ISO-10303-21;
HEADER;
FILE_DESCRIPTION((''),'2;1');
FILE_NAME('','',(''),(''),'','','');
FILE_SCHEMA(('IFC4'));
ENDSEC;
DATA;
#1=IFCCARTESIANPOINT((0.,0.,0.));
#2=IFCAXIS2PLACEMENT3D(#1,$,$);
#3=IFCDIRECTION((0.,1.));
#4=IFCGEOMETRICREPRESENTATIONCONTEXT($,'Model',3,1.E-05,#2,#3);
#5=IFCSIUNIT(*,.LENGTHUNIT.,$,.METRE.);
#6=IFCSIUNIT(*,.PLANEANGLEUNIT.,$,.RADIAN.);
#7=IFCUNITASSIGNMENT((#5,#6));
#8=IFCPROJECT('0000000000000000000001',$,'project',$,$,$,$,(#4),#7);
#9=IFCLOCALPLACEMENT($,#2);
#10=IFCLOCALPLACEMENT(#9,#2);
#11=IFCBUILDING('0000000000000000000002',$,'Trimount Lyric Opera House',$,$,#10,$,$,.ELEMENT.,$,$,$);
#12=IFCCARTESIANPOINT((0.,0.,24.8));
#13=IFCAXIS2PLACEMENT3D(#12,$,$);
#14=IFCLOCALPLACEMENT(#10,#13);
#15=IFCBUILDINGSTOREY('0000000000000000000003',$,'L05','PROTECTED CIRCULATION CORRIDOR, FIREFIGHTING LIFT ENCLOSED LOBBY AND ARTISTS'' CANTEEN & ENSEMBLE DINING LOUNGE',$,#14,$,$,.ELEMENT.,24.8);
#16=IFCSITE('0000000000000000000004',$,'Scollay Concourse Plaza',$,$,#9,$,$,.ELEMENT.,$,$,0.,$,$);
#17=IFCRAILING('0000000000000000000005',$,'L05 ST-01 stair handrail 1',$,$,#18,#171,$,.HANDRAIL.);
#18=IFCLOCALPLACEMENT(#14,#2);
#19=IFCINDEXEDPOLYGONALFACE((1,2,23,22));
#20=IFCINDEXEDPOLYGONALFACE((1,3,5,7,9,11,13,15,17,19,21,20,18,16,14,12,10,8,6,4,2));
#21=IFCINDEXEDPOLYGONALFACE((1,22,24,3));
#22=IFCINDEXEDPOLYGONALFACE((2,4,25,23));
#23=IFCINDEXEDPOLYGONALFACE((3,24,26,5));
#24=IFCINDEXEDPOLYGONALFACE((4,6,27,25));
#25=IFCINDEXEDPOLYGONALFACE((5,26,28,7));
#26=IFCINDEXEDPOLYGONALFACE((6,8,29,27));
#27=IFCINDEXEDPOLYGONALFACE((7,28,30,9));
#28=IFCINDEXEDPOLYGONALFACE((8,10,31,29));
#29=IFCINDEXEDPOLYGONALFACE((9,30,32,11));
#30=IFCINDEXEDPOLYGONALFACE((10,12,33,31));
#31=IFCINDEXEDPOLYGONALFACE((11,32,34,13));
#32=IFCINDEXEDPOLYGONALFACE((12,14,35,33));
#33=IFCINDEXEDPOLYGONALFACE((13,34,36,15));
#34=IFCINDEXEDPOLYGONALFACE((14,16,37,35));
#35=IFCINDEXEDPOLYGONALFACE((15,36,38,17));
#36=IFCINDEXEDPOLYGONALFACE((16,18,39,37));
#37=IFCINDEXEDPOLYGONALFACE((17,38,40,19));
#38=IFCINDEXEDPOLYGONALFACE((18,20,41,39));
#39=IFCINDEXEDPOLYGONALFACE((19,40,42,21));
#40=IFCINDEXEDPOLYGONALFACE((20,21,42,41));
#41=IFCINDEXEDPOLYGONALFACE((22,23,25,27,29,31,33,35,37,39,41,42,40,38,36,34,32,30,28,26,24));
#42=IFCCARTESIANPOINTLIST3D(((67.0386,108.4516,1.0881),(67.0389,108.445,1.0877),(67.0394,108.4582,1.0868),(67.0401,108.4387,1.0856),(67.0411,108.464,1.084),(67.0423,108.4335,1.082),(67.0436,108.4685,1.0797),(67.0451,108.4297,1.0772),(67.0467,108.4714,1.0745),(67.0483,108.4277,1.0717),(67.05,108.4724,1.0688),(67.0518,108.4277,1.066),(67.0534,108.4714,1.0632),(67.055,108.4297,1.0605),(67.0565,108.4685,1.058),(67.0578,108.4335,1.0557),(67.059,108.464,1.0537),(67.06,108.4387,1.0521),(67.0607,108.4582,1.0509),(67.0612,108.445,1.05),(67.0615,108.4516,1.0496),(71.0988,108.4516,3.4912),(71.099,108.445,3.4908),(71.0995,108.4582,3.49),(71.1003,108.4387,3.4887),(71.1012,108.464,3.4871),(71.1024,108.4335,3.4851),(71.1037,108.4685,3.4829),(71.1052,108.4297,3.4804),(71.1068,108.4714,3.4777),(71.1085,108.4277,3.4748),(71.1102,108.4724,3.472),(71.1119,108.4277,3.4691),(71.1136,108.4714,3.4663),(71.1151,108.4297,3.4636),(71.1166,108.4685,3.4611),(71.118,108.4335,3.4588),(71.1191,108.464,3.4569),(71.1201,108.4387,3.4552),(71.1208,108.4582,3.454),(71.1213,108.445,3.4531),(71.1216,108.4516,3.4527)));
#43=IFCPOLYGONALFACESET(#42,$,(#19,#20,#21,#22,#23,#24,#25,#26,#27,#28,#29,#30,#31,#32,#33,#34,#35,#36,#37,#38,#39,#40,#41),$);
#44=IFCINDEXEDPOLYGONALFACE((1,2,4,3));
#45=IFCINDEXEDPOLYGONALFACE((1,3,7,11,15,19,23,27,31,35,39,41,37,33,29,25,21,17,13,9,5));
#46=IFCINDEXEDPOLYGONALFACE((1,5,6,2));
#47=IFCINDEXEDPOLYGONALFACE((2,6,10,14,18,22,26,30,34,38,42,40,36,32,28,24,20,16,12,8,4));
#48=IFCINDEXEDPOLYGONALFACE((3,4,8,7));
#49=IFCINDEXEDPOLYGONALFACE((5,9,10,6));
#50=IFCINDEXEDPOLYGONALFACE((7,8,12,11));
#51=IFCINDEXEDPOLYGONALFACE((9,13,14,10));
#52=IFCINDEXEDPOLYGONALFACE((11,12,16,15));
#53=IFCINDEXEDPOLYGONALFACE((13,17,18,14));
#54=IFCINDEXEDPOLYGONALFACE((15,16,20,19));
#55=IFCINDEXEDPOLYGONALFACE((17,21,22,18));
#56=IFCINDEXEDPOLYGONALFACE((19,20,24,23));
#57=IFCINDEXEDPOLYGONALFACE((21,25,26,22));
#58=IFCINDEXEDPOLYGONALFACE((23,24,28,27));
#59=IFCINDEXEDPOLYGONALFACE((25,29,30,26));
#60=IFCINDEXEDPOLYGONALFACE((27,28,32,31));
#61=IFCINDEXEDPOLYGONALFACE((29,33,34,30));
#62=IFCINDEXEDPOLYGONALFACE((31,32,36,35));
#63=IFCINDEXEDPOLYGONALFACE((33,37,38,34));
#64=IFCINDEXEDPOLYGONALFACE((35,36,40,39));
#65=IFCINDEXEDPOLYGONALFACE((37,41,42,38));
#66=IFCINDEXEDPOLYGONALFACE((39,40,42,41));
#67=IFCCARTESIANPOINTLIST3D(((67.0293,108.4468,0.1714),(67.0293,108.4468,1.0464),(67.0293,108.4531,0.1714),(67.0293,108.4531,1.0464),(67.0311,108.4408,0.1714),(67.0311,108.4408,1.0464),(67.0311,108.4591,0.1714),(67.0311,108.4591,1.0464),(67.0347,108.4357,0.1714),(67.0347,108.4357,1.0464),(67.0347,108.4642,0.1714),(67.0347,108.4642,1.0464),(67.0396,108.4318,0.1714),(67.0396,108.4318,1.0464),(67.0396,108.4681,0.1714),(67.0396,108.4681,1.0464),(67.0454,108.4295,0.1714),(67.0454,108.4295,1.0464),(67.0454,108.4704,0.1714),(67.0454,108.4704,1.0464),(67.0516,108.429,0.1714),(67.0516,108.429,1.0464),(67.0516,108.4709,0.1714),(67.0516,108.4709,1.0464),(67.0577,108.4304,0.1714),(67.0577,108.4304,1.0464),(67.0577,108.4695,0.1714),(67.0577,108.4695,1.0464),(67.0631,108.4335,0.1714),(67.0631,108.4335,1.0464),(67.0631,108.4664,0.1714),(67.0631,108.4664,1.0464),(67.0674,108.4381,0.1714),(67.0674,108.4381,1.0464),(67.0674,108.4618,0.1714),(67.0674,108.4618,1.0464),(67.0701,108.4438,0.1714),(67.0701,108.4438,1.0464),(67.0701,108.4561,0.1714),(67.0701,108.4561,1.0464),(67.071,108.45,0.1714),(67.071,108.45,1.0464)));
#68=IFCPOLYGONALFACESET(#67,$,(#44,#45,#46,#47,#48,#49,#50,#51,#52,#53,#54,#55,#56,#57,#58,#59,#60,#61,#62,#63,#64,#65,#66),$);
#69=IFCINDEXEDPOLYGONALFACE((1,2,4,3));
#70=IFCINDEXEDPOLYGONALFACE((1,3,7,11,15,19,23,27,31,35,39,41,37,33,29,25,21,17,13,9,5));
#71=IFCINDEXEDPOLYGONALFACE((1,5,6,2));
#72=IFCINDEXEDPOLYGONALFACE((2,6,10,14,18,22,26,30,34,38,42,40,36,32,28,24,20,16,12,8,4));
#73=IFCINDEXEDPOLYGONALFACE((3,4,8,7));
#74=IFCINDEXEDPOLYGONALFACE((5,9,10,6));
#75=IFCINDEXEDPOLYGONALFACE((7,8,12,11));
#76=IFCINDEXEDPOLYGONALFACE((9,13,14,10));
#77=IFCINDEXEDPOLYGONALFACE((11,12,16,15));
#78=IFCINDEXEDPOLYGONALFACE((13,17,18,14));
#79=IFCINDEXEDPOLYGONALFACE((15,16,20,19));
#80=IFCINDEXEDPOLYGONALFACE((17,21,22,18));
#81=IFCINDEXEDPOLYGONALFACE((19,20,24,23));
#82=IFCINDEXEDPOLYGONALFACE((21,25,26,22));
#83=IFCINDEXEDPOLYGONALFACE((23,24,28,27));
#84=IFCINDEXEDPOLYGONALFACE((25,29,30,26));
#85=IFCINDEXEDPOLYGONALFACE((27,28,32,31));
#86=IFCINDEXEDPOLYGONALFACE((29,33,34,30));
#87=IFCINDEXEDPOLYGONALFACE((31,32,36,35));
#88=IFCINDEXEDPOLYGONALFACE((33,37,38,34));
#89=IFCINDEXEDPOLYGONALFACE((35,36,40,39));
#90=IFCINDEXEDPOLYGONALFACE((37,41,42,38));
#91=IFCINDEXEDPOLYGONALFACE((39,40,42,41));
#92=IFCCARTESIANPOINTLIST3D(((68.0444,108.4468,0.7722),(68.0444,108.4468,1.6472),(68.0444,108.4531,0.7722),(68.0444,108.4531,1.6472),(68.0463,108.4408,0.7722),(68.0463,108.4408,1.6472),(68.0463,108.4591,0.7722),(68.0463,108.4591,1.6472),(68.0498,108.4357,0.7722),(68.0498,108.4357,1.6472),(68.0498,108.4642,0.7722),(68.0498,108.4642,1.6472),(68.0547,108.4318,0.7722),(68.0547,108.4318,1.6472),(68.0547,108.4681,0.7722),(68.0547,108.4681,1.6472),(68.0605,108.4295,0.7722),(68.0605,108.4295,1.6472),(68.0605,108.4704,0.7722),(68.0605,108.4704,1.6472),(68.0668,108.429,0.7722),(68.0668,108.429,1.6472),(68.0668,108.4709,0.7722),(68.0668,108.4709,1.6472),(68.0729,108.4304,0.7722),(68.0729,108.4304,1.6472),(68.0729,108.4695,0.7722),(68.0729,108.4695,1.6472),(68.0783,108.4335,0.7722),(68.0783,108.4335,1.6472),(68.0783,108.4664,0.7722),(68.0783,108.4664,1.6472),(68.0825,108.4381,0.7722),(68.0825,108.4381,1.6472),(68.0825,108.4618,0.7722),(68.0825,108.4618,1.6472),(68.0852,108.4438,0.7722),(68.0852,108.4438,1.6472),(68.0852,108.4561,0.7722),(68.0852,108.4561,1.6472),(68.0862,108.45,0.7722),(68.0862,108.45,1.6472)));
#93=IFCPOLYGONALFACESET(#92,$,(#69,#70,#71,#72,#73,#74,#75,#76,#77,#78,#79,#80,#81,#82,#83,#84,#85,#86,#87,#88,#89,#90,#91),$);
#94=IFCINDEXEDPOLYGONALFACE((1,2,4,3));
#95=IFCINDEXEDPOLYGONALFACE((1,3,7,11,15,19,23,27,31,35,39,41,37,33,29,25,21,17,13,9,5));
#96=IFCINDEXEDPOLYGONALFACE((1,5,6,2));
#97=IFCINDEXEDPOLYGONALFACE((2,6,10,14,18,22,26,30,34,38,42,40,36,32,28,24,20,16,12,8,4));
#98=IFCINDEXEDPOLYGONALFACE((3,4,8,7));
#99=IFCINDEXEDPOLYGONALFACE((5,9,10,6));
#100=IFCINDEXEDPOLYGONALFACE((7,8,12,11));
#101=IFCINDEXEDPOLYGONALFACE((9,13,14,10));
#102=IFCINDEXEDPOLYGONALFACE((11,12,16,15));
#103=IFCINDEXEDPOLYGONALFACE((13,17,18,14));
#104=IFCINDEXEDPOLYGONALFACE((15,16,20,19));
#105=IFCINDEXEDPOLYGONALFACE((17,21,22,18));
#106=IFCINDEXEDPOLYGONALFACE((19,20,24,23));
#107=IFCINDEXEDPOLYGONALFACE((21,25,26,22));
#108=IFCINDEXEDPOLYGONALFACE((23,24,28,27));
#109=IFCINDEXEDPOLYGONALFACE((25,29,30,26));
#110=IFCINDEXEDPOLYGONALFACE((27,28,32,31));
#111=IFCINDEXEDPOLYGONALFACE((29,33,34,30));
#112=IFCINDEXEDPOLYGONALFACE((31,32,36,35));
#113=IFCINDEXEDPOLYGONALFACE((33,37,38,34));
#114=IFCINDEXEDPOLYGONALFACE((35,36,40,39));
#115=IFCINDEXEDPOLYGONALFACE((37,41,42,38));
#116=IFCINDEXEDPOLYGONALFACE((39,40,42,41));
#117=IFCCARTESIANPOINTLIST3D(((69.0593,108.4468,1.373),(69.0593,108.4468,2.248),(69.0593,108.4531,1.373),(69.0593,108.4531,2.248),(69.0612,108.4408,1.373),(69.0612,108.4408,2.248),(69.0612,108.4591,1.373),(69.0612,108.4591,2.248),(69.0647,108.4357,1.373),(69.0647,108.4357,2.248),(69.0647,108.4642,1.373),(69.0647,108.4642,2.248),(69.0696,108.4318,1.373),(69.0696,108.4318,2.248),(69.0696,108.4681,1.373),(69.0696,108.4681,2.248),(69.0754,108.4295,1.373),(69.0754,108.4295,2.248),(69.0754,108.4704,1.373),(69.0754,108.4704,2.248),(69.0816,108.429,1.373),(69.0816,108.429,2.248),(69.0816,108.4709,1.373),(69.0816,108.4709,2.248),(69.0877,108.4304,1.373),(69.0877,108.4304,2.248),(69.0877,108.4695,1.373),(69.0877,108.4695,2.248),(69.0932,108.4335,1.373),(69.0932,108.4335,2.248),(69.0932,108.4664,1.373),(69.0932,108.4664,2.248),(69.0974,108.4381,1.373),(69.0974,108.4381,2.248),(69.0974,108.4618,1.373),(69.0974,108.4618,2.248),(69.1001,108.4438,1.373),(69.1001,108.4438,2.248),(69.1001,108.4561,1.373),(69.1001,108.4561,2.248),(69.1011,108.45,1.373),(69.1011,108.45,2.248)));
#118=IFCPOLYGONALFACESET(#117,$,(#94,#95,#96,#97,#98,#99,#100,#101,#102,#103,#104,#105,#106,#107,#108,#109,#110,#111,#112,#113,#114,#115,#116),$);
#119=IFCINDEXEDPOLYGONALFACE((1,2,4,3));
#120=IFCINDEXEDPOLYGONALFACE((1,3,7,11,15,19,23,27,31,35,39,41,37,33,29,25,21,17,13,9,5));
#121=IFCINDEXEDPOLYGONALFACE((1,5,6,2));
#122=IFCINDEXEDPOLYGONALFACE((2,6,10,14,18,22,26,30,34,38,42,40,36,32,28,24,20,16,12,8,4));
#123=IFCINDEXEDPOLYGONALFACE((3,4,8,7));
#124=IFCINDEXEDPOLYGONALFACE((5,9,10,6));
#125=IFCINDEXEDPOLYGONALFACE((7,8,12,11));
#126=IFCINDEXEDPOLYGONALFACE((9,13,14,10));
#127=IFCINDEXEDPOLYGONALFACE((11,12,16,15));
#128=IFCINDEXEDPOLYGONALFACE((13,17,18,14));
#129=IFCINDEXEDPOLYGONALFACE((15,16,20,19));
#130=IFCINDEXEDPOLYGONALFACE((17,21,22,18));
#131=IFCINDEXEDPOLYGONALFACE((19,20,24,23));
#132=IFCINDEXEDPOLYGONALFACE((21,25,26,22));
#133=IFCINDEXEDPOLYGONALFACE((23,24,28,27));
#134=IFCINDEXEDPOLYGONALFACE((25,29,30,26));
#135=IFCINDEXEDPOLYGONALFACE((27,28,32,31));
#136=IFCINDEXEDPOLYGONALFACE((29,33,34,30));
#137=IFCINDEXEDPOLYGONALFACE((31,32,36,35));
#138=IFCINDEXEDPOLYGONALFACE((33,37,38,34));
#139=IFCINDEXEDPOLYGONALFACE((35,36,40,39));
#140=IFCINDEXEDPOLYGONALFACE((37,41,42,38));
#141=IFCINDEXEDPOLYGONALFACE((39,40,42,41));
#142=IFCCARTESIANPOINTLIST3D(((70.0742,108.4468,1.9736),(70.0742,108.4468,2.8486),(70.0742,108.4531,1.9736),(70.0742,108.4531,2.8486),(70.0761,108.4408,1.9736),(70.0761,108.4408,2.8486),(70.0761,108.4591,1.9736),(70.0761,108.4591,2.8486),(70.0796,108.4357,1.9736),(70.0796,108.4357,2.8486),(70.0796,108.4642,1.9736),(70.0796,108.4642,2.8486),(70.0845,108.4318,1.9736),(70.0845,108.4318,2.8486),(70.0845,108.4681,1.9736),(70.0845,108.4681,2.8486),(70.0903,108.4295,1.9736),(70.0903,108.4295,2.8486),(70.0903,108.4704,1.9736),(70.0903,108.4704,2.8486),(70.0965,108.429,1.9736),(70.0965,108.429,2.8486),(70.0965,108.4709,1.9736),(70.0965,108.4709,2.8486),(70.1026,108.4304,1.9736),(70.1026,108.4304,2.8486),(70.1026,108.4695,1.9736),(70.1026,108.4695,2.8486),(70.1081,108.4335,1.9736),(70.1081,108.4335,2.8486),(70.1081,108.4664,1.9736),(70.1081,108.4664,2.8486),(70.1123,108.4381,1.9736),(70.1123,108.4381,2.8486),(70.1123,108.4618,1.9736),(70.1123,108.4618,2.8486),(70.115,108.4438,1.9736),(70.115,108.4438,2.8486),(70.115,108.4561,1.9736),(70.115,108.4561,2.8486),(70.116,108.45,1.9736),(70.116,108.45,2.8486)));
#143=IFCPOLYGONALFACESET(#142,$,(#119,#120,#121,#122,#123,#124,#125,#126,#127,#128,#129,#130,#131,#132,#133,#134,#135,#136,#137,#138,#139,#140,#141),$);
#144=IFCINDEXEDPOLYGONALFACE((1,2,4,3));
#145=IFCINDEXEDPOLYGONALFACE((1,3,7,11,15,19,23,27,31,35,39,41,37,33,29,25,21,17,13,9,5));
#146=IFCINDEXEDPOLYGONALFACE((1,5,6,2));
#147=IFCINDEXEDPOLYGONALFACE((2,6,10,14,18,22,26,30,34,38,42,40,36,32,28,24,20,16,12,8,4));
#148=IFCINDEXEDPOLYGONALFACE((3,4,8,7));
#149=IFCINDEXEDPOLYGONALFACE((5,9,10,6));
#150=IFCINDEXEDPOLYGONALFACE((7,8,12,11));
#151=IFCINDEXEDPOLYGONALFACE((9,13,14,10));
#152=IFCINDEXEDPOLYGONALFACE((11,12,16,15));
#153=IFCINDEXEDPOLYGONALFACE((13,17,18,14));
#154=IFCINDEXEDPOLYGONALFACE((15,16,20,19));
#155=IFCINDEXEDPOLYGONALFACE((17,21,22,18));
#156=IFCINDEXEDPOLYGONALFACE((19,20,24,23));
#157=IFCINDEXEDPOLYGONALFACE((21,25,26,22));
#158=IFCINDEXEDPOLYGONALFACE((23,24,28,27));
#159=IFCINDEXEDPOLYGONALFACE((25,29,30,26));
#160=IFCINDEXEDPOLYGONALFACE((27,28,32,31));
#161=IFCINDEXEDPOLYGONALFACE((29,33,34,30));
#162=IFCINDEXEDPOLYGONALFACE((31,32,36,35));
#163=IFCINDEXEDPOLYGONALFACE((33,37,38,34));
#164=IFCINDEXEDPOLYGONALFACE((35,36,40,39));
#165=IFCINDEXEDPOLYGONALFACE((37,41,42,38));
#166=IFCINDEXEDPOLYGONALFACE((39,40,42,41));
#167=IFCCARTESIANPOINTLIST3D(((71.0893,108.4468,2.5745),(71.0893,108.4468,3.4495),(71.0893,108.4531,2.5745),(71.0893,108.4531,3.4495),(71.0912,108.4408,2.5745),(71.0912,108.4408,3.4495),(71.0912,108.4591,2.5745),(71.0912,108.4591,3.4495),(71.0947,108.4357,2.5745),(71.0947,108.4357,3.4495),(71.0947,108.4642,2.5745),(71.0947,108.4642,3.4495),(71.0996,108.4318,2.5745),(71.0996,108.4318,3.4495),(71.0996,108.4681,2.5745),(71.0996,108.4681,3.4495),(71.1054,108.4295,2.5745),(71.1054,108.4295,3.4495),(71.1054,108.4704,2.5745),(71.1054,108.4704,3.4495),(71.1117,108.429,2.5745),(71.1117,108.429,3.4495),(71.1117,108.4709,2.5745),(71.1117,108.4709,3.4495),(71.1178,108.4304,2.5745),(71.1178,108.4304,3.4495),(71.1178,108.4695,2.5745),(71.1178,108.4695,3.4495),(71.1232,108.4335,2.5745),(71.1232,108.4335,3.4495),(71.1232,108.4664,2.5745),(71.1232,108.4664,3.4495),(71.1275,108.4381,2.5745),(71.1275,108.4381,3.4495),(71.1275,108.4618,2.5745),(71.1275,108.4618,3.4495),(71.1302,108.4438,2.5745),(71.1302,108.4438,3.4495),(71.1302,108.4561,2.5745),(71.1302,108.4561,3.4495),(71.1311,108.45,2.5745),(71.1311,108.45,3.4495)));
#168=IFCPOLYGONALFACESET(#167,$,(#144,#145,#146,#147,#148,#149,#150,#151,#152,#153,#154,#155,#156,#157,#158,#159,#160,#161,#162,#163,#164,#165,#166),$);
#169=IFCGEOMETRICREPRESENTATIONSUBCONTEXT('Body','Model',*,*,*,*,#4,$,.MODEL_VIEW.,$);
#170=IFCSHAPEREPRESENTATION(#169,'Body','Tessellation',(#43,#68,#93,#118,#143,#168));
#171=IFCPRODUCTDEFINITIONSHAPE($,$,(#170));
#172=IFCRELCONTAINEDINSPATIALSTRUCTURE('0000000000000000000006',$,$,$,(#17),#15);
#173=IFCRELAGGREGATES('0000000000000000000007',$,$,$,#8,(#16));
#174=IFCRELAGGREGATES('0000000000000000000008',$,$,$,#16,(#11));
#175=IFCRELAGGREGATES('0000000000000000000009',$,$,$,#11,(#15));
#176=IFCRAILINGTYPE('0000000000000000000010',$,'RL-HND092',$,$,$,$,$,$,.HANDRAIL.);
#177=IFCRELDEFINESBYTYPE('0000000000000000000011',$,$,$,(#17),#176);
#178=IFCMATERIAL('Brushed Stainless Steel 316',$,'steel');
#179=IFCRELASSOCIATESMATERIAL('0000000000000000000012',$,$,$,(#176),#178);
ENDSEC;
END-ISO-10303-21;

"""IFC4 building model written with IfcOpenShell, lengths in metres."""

from ifc_helpers import new_model, si_unit, direction, frame, origin, origin_2d, place, context, subcontext, project, spatial, circle, extrude, material, type_object, element, save


model = new_model("IFC4")

# Units and contexts
model_context = context("Model", 3, precision=1e-05, world=origin(), true_north=direction((0.0, 1.0)))
body_context = subcontext(model_context, "Body", "Model", "MODEL_VIEW")
ifc_project = project(units=[si_unit("LENGTHUNIT", "METRE"), si_unit("PLANEANGLEUNIT", "RADIAN")], contexts=[model_context])

# Site, building, storey
site_placement = place(None, origin())
site = spatial("IfcSite", under=ifc_project, at=site_placement, Name="Scollay Concourse Plaza", CompositionType="ELEMENT", RefElevation=0.0)
building_placement = place(site_placement, origin())
building = spatial("IfcBuilding", under=site, at=building_placement, Name="Trimount Lyric Opera House", CompositionType="ELEMENT")
storey_placement = place(building_placement, frame((0.0, 0.0, 24.8)))
storey = spatial("IfcBuildingStorey", under=building, at=storey_placement, Name="L05", Description="PROTECTED CIRCULATION CORRIDOR, FIREFIGHTING LIFT ENCLOSED LOBBY AND ARTISTS' CANTEEN & ENSEMBLE DINING LOUNGE", CompositionType="ELEMENT", Elevation=24.8)

# Railing
ifc_material_1 = material(Name="Brushed Stainless Steel 316", Category="steel")
railing_type_1 = type_object("IfcRailingType", Name="RL-HND092", PredefinedType="HANDRAIL", material=ifc_material_1)
railing_1_placement = place(storey_placement, frame((67.05, 108.45, 0.1714)))
element("IfcRailing", 1, at=railing_1_placement, inside=storey, type_object=railing_type_1, Name="L05 ST-01 stair handrail 1", PredefinedType="HANDRAIL", context=body_context, shape_type="SweptSolid", body=[
    extrude(circle(Radius=0.0225, at=origin_2d()), frame((0.0, 0.0, 0.8975), z_axis=(0.86056, 0.0, 0.50935), x_axis=(0.0, 1.0, 0.0)), (0.0, 0.0, 1.0), 4.718),
    extrude(circle(Radius=0.021, at=origin_2d()), origin(), (0.0, 0.0, 1.0), 0.875),
    extrude(circle(Radius=0.021, at=origin_2d()), frame((1.0151, 0.0, 0.6008)), (0.0, 0.0, 1.0), 0.875),
    extrude(circle(Radius=0.021, at=origin_2d()), frame((2.03, 0.0, 1.2017)), (0.0, 0.0, 1.0), 0.875),
    extrude(circle(Radius=0.021, at=origin_2d()), frame((3.0449, 0.0, 1.8022)), (0.0, 0.0, 1.0), 0.875),
    extrude(circle(Radius=0.021, at=origin_2d()), frame((4.0601, 0.0, 2.4031)), (0.0, 0.0, 1.0), 0.875),
])

save(model, "model.ifc")
